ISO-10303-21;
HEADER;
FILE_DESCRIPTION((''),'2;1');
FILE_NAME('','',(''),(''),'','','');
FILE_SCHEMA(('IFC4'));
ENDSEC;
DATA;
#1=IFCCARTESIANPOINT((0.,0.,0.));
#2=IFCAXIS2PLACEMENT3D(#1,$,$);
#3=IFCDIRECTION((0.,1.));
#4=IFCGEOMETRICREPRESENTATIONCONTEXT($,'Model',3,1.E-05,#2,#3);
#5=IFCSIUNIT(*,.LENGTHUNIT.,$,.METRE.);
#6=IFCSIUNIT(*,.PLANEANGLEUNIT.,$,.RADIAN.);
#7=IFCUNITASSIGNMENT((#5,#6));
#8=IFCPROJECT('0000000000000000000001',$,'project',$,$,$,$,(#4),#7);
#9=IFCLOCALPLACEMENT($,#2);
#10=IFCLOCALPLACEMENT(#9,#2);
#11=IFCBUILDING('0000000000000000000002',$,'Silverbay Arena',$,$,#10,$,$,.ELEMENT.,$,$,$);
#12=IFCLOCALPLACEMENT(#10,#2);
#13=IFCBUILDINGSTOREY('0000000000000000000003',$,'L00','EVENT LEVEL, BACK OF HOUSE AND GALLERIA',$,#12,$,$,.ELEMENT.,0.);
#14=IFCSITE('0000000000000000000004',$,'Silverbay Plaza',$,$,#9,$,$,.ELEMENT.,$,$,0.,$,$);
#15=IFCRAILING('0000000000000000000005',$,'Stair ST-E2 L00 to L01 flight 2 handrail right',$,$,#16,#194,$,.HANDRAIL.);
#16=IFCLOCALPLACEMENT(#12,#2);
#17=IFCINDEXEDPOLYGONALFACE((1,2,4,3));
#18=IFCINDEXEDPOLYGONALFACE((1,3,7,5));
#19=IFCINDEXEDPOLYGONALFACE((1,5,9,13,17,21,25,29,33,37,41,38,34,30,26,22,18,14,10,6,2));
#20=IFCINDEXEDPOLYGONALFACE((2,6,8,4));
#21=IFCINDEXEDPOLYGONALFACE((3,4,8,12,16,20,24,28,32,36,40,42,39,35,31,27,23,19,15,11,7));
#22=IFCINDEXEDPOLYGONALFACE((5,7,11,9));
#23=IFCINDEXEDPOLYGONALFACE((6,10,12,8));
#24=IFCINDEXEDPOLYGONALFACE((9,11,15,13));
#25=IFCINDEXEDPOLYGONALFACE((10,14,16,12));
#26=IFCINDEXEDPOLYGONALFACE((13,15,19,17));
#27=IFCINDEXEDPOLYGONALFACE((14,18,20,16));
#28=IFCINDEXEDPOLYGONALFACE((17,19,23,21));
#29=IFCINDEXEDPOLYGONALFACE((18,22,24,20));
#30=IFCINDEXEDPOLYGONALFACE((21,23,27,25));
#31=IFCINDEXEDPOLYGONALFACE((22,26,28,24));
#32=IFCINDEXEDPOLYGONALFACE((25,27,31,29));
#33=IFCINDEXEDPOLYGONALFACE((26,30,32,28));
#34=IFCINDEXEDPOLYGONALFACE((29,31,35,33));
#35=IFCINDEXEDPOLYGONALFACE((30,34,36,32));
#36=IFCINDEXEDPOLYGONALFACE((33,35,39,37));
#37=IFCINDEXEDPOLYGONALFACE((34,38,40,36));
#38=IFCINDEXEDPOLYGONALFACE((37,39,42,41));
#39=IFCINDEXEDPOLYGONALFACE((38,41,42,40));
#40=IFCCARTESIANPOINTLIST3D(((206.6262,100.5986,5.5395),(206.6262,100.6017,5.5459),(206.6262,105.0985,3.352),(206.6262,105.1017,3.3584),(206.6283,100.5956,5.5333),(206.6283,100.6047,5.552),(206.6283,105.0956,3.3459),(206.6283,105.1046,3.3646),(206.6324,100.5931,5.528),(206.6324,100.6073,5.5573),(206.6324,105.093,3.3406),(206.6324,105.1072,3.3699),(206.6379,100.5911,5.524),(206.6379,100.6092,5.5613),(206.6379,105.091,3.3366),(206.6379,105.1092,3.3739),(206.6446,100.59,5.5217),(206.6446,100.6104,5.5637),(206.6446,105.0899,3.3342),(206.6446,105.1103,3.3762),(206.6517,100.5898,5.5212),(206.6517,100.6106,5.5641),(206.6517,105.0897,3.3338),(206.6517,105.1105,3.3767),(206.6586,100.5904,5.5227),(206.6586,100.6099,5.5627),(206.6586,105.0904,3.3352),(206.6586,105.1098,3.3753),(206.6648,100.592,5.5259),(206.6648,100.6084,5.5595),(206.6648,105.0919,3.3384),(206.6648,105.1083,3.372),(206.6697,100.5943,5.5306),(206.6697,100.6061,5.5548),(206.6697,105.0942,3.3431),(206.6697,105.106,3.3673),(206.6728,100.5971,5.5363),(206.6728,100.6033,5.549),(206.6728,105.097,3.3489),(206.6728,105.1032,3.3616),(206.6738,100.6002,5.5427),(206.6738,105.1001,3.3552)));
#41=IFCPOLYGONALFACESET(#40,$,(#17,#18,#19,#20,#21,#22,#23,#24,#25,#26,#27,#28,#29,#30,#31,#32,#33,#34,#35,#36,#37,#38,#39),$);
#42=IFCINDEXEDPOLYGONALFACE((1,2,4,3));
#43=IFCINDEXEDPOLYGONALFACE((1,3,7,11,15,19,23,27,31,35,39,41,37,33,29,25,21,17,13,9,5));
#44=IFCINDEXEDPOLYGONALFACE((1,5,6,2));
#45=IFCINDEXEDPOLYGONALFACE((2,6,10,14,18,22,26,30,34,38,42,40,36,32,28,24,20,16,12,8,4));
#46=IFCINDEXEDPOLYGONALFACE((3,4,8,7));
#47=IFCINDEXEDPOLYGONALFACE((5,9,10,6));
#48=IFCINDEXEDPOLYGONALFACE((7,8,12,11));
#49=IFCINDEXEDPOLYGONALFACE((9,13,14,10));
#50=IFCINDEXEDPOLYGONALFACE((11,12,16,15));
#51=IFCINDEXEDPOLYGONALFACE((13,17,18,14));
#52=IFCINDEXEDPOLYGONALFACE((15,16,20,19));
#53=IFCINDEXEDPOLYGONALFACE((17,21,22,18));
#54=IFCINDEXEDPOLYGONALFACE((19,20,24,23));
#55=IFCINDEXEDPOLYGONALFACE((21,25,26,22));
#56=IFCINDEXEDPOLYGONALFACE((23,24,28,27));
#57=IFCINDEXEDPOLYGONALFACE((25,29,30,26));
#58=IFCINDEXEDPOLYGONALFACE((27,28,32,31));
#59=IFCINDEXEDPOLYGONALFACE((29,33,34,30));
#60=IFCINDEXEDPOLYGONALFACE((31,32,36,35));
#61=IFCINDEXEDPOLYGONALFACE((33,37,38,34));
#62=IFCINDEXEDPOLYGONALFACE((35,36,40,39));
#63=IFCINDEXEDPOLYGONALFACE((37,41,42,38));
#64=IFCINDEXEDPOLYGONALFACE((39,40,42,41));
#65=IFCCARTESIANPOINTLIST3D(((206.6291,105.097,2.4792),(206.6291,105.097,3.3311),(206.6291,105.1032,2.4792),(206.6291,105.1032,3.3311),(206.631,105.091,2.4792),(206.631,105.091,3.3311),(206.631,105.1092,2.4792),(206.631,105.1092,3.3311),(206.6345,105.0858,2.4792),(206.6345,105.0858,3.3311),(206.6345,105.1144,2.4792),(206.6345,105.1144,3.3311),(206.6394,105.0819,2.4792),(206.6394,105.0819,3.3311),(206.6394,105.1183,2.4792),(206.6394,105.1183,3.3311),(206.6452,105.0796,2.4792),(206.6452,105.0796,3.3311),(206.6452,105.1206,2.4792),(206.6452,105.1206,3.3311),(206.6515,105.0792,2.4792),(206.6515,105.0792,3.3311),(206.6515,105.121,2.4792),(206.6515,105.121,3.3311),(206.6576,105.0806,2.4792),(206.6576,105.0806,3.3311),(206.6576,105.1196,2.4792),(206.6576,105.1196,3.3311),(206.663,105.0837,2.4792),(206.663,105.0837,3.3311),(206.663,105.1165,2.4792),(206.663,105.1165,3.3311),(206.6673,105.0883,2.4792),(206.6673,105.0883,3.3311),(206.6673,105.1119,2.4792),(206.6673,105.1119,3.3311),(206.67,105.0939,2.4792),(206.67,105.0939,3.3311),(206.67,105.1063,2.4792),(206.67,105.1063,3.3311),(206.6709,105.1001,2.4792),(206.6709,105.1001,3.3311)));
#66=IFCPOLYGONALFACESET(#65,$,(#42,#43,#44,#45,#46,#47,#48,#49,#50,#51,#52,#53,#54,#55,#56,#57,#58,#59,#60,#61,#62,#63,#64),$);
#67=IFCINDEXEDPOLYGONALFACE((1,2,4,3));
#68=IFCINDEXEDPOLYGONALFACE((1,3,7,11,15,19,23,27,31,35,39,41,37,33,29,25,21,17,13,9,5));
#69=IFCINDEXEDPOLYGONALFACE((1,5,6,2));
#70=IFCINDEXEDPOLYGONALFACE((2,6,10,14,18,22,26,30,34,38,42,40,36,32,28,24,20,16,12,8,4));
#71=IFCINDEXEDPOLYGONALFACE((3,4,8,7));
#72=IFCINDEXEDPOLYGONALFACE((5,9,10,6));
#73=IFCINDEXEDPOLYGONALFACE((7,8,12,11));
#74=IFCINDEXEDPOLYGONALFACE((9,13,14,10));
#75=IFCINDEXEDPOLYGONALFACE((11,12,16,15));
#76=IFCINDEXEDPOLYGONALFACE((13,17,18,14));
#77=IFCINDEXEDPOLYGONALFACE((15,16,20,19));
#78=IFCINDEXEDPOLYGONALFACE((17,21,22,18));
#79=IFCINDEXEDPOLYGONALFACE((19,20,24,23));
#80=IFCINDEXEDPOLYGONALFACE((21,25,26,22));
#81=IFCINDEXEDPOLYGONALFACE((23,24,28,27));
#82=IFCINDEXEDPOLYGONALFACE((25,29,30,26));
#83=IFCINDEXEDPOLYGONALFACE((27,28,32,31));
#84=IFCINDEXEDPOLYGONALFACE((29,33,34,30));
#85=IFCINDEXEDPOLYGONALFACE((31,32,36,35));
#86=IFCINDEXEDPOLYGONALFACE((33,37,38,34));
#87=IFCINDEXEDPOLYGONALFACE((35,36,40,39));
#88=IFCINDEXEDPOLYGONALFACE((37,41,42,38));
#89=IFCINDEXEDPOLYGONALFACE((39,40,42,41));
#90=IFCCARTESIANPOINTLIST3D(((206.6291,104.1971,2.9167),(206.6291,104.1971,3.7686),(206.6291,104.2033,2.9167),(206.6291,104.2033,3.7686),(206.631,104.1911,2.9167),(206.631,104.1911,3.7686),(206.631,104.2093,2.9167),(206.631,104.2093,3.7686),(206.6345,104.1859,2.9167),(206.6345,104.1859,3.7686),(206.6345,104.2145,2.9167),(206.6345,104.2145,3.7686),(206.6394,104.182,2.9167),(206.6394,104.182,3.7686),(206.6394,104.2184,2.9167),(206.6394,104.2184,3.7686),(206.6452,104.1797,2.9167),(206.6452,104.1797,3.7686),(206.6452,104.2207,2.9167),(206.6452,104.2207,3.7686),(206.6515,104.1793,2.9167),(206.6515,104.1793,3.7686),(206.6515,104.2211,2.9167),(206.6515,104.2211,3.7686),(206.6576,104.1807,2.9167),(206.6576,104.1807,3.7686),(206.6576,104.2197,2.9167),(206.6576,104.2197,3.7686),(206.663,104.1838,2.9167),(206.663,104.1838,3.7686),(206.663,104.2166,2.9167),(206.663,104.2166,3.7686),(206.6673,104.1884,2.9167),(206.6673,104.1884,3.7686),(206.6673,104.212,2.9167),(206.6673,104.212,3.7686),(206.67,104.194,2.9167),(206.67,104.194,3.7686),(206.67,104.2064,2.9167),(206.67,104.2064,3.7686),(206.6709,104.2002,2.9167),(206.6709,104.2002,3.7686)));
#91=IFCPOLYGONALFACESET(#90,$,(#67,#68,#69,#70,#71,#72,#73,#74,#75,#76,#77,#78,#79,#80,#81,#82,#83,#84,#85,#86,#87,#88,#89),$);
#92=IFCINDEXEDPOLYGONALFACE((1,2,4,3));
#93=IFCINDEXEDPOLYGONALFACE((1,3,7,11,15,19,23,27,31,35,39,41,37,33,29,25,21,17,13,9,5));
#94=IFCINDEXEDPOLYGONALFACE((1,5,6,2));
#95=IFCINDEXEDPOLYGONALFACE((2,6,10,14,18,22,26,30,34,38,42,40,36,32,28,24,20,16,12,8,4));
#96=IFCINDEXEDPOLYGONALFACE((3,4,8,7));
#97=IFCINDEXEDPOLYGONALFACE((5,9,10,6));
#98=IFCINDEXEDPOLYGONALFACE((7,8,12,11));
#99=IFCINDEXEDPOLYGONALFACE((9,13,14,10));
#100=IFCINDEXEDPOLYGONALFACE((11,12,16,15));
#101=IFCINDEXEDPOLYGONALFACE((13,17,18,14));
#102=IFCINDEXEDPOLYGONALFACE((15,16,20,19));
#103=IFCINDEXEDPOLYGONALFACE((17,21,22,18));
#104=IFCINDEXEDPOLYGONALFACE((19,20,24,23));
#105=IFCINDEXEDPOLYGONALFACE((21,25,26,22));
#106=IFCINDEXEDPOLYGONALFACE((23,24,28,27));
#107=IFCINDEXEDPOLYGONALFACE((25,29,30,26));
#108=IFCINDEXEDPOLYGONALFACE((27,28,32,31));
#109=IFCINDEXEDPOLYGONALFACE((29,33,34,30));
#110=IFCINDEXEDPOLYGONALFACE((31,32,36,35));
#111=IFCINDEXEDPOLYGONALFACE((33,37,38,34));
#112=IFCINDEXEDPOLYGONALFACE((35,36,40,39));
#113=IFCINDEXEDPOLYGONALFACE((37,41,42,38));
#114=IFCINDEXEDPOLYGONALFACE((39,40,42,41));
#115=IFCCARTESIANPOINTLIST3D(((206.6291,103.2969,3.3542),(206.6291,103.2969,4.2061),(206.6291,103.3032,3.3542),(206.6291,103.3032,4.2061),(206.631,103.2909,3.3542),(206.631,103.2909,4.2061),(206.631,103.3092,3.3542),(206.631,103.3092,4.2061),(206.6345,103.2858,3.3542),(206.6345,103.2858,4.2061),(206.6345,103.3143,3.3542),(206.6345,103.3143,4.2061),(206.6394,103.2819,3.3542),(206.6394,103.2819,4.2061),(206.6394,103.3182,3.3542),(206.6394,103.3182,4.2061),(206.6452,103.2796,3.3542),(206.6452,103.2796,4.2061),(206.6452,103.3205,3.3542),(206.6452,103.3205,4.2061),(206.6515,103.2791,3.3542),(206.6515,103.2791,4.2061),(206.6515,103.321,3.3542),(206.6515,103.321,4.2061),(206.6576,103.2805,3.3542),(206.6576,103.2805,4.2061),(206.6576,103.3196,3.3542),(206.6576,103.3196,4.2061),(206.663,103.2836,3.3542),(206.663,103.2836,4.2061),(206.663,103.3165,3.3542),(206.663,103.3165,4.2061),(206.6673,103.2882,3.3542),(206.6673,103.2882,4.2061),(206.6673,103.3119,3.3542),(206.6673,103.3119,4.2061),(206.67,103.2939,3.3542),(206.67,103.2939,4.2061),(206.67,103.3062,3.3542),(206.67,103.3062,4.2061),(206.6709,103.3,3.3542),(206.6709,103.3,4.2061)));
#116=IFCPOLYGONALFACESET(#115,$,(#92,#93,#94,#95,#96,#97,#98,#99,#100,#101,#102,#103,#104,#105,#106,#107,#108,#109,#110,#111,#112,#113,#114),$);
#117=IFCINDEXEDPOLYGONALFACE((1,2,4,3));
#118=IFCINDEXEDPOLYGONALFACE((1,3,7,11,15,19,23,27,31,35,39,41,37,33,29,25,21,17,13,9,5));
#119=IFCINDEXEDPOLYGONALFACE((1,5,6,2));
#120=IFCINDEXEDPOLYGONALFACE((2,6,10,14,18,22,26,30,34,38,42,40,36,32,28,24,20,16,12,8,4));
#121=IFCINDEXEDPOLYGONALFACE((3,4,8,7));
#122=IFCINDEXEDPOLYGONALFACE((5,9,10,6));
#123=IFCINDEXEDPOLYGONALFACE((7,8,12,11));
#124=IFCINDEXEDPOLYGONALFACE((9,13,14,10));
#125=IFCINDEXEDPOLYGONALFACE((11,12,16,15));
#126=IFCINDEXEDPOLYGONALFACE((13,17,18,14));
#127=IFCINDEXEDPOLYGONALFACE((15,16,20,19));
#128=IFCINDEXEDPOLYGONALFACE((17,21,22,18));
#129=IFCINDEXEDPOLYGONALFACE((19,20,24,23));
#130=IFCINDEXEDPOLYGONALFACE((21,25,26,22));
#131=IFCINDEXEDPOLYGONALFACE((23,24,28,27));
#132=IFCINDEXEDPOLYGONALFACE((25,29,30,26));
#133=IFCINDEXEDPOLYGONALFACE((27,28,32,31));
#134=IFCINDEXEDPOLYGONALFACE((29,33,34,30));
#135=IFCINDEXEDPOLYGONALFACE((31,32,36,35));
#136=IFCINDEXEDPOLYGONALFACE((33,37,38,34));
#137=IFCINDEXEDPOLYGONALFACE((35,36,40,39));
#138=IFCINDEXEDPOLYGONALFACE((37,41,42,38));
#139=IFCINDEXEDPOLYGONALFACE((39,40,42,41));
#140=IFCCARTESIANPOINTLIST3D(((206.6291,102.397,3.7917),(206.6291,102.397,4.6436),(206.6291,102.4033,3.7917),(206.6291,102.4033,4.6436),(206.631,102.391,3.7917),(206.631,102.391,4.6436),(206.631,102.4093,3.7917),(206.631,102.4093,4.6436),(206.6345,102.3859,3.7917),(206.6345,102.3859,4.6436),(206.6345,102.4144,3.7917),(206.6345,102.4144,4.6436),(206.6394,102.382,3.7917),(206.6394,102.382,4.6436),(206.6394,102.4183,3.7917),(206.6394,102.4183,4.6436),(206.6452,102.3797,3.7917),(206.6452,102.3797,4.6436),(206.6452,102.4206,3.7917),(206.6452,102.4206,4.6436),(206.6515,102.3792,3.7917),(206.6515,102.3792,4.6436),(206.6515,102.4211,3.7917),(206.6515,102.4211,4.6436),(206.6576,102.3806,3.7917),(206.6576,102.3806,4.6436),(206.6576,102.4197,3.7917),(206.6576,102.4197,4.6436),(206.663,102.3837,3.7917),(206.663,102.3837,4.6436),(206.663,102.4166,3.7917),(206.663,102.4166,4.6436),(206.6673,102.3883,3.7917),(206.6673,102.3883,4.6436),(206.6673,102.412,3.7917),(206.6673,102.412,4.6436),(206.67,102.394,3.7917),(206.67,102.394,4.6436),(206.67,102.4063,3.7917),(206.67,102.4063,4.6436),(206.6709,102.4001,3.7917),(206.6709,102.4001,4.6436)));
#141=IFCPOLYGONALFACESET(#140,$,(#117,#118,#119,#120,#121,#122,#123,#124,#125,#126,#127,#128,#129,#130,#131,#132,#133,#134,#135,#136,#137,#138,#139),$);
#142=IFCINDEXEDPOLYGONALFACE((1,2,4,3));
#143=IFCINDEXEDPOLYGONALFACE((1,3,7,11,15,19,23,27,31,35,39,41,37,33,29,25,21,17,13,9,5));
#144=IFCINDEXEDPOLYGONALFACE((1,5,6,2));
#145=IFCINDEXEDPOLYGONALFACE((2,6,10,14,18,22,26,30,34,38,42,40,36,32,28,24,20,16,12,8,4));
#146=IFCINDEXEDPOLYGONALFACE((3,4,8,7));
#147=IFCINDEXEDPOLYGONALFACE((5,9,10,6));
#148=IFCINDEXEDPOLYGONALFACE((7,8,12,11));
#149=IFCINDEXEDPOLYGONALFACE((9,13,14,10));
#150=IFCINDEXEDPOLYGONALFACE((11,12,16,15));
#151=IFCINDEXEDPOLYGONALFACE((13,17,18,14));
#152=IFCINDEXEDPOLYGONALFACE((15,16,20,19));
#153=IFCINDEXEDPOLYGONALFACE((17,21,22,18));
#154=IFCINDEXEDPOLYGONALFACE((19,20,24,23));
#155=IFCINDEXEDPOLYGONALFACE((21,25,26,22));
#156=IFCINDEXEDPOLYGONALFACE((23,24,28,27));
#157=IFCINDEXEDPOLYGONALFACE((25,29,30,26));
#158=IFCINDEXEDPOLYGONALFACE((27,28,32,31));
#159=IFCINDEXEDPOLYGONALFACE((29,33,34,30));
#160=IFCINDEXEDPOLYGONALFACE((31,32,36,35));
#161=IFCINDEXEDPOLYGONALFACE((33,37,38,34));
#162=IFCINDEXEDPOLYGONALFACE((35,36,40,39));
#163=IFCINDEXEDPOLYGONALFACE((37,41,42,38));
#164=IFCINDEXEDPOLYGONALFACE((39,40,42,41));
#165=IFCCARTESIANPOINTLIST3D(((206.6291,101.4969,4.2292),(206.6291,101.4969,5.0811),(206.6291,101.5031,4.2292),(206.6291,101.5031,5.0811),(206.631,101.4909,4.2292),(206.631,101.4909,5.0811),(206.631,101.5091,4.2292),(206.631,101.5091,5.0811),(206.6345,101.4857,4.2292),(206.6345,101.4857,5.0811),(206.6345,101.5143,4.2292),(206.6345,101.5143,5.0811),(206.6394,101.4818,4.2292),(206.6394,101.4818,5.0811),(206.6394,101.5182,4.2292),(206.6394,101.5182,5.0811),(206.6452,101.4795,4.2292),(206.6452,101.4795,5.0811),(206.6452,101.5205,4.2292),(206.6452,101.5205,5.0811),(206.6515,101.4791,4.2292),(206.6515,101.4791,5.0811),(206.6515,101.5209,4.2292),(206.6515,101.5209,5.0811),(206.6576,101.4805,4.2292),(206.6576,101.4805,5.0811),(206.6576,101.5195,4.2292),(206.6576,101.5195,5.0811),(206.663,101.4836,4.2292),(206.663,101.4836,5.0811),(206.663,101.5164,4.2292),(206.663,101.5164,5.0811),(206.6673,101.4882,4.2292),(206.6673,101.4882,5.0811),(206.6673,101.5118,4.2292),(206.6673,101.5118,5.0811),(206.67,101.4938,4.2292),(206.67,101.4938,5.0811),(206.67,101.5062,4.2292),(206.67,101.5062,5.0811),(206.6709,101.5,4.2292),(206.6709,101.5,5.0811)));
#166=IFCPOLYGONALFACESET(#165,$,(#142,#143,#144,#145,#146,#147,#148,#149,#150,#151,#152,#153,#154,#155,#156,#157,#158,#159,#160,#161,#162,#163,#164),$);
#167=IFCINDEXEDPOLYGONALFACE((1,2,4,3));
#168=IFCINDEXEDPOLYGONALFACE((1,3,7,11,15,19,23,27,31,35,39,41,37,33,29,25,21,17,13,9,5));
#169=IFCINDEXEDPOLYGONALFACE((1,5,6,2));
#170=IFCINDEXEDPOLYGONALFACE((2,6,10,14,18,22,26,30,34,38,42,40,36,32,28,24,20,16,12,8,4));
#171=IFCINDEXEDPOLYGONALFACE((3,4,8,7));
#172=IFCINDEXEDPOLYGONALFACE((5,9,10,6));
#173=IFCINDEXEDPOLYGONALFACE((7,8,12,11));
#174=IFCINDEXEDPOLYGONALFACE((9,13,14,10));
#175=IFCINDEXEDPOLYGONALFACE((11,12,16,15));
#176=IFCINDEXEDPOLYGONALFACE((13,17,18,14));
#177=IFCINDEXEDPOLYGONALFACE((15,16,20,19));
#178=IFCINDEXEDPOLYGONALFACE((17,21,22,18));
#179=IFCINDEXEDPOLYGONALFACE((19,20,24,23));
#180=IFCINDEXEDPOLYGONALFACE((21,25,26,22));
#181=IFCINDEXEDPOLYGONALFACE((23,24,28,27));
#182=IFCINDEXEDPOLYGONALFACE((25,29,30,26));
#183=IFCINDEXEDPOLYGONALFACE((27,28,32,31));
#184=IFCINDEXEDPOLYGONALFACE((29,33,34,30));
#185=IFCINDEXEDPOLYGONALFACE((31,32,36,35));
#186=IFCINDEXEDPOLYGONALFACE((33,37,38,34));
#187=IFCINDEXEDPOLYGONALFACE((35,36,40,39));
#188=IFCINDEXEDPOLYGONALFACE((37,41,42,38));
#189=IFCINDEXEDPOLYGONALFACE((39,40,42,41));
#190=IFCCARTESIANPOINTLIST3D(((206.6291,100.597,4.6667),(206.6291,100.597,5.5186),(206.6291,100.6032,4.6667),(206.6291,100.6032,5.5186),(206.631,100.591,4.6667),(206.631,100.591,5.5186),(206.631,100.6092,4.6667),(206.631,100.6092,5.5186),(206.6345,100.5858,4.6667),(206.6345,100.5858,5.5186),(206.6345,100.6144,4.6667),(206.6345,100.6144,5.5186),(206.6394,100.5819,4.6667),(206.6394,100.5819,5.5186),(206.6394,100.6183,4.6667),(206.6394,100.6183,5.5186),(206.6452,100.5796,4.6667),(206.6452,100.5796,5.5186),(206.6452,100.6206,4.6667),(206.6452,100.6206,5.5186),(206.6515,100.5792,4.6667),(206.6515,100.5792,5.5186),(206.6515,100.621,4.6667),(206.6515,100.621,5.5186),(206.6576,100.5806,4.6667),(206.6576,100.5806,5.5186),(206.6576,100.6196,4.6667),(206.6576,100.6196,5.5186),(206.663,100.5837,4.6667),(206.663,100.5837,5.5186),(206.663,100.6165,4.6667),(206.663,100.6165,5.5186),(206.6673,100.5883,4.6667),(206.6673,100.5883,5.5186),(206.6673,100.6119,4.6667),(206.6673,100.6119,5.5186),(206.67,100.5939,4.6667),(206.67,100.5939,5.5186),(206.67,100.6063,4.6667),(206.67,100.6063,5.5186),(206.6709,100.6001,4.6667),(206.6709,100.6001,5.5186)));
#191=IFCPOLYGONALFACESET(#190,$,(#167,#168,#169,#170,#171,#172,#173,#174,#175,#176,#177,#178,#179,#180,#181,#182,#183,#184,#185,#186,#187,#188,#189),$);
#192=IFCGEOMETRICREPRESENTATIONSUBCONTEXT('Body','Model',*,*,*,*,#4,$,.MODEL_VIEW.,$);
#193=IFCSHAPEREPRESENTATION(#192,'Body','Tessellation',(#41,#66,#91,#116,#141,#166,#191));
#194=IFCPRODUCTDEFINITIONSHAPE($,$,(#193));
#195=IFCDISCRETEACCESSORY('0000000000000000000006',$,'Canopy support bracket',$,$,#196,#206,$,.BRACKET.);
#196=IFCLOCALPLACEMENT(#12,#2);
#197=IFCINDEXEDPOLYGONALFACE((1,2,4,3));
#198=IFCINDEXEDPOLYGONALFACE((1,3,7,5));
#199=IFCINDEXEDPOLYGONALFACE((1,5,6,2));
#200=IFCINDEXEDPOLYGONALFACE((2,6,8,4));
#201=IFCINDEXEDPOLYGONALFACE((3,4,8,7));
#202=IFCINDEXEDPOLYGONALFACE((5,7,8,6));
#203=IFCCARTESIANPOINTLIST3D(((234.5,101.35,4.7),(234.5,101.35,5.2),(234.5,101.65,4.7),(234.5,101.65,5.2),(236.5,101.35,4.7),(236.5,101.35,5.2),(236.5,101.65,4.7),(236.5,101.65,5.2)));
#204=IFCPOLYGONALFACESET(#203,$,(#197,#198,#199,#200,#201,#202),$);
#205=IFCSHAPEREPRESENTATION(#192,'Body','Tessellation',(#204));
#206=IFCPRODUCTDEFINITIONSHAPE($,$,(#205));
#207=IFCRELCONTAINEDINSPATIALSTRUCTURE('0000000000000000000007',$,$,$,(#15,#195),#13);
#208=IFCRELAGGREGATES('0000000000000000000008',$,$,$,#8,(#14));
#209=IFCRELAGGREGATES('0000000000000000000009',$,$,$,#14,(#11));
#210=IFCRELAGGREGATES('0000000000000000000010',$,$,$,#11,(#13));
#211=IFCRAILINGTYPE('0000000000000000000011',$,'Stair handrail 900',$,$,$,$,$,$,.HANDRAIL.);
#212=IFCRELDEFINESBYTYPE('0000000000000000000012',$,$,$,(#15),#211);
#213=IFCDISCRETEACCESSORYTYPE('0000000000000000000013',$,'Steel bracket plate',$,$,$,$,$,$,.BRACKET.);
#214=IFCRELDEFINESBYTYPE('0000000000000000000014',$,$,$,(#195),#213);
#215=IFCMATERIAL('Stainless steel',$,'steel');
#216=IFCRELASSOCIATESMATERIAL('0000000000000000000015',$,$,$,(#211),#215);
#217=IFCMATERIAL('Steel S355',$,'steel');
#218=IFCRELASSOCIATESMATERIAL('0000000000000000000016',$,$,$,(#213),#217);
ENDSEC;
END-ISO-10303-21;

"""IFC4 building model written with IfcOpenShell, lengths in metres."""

from ifc_helpers import new_model, si_unit, direction, frame, origin, origin_2d, place, context, subcontext, project, spatial, rectangle, circle, extrude, material, type_object, element, save


model = new_model("IFC4")

# Units and contexts
model_context = context("Model", 3, precision=1e-05, world=origin(), true_north=direction((0.0, 1.0)))
body_context = subcontext(model_context, "Body", "Model", "MODEL_VIEW")
ifc_project = project(units=[si_unit("LENGTHUNIT", "METRE"), si_unit("PLANEANGLEUNIT", "RADIAN")], contexts=[model_context])

# Site, building, storey
site_placement = place(None, origin())
site = spatial("IfcSite", under=ifc_project, at=site_placement, Name="Silverbay Plaza", CompositionType="ELEMENT", RefElevation=0.0)
building_placement = place(site_placement, origin())
building = spatial("IfcBuilding", under=site, at=building_placement, Name="Silverbay Arena", CompositionType="ELEMENT")
storey_placement = place(building_placement, origin())
storey = spatial("IfcBuildingStorey", under=building, at=storey_placement, Name="L00", Description="EVENT LEVEL, BACK OF HOUSE AND GALLERIA", CompositionType="ELEMENT", Elevation=0.0)

# Railing
ifc_material_1 = material(Name="Stainless steel", Category="steel")
railing_type_1 = type_object("IfcRailingType", Name="Stair handrail 900", PredefinedType="HANDRAIL", material=ifc_material_1)
for number, where, name in (
    (1, (206.6499, 105.1001, 2.4792), "Stair ST-E2 L00 to L01 flight 2 handrail right"),
):
    element("IfcRailing", number, at=place(storey_placement, frame(where)), inside=storey, type_object=railing_type_1, Name=name, PredefinedType="HANDRAIL", context=body_context, shape_type="SweptSolid", body=[
        extrude(circle(Radius=0.0239, at=origin_2d()), frame((0.0, 0.0, 0.876), z_axis=(0.0, -0.899368, 0.437193), x_axis=(1.0, 0.0, 0.0)), (0.0, 0.0, 1.0), 5.0034),
        extrude(circle(Radius=0.021, at=origin_2d()), origin(), (0.0, 0.0, 1.0), 0.8518),
        extrude(circle(Radius=0.021, at=origin_2d()), frame((0.0, -0.8999, 0.4375)), (0.0, 0.0, 1.0), 0.8518),
        extrude(circle(Radius=0.021, at=origin_2d()), frame((0.0, -1.8, 0.875)), (0.0, 0.0, 1.0), 0.8518),
        extrude(circle(Radius=0.021, at=origin_2d()), frame((0.0, -2.7, 1.3125)), (0.0, 0.0, 1.0), 0.8518),
        extrude(circle(Radius=0.021, at=origin_2d()), frame((0.0, -3.6001, 1.75)), (0.0, 0.0, 1.0), 0.8518),
        extrude(circle(Radius=0.021, at=origin_2d()), frame((0.0, -4.5, 2.1875)), (0.0, 0.0, 1.0), 0.8518),
    ])

# Discrete accessory
ifc_material_2 = material(Name="Steel S355", Category="steel")
discrete_accessory_type = type_object("IfcDiscreteAccessoryType", Name="Steel bracket plate", PredefinedType="BRACKET", material=ifc_material_2)
for number, where, z_axis, x_axis, name in (
    (2, (235.5, 101.5, 4.7), (0.0, 0.0, 1.0), (0.0, 1.0, 0.0), "Canopy support bracket"),
):
    element("IfcDiscreteAccessory", number, at=place(storey_placement, frame(where, z_axis=z_axis, x_axis=x_axis)), inside=storey, type_object=discrete_accessory_type, Name=name, PredefinedType="BRACKET", context=body_context, shape_type="SweptSolid", body=[
        extrude(rectangle(XDim=0.3, YDim=2.0, at=origin_2d()), origin(), (0.0, 0.0, 1.0), 0.5),
    ])

save(model, "model.ifc")
